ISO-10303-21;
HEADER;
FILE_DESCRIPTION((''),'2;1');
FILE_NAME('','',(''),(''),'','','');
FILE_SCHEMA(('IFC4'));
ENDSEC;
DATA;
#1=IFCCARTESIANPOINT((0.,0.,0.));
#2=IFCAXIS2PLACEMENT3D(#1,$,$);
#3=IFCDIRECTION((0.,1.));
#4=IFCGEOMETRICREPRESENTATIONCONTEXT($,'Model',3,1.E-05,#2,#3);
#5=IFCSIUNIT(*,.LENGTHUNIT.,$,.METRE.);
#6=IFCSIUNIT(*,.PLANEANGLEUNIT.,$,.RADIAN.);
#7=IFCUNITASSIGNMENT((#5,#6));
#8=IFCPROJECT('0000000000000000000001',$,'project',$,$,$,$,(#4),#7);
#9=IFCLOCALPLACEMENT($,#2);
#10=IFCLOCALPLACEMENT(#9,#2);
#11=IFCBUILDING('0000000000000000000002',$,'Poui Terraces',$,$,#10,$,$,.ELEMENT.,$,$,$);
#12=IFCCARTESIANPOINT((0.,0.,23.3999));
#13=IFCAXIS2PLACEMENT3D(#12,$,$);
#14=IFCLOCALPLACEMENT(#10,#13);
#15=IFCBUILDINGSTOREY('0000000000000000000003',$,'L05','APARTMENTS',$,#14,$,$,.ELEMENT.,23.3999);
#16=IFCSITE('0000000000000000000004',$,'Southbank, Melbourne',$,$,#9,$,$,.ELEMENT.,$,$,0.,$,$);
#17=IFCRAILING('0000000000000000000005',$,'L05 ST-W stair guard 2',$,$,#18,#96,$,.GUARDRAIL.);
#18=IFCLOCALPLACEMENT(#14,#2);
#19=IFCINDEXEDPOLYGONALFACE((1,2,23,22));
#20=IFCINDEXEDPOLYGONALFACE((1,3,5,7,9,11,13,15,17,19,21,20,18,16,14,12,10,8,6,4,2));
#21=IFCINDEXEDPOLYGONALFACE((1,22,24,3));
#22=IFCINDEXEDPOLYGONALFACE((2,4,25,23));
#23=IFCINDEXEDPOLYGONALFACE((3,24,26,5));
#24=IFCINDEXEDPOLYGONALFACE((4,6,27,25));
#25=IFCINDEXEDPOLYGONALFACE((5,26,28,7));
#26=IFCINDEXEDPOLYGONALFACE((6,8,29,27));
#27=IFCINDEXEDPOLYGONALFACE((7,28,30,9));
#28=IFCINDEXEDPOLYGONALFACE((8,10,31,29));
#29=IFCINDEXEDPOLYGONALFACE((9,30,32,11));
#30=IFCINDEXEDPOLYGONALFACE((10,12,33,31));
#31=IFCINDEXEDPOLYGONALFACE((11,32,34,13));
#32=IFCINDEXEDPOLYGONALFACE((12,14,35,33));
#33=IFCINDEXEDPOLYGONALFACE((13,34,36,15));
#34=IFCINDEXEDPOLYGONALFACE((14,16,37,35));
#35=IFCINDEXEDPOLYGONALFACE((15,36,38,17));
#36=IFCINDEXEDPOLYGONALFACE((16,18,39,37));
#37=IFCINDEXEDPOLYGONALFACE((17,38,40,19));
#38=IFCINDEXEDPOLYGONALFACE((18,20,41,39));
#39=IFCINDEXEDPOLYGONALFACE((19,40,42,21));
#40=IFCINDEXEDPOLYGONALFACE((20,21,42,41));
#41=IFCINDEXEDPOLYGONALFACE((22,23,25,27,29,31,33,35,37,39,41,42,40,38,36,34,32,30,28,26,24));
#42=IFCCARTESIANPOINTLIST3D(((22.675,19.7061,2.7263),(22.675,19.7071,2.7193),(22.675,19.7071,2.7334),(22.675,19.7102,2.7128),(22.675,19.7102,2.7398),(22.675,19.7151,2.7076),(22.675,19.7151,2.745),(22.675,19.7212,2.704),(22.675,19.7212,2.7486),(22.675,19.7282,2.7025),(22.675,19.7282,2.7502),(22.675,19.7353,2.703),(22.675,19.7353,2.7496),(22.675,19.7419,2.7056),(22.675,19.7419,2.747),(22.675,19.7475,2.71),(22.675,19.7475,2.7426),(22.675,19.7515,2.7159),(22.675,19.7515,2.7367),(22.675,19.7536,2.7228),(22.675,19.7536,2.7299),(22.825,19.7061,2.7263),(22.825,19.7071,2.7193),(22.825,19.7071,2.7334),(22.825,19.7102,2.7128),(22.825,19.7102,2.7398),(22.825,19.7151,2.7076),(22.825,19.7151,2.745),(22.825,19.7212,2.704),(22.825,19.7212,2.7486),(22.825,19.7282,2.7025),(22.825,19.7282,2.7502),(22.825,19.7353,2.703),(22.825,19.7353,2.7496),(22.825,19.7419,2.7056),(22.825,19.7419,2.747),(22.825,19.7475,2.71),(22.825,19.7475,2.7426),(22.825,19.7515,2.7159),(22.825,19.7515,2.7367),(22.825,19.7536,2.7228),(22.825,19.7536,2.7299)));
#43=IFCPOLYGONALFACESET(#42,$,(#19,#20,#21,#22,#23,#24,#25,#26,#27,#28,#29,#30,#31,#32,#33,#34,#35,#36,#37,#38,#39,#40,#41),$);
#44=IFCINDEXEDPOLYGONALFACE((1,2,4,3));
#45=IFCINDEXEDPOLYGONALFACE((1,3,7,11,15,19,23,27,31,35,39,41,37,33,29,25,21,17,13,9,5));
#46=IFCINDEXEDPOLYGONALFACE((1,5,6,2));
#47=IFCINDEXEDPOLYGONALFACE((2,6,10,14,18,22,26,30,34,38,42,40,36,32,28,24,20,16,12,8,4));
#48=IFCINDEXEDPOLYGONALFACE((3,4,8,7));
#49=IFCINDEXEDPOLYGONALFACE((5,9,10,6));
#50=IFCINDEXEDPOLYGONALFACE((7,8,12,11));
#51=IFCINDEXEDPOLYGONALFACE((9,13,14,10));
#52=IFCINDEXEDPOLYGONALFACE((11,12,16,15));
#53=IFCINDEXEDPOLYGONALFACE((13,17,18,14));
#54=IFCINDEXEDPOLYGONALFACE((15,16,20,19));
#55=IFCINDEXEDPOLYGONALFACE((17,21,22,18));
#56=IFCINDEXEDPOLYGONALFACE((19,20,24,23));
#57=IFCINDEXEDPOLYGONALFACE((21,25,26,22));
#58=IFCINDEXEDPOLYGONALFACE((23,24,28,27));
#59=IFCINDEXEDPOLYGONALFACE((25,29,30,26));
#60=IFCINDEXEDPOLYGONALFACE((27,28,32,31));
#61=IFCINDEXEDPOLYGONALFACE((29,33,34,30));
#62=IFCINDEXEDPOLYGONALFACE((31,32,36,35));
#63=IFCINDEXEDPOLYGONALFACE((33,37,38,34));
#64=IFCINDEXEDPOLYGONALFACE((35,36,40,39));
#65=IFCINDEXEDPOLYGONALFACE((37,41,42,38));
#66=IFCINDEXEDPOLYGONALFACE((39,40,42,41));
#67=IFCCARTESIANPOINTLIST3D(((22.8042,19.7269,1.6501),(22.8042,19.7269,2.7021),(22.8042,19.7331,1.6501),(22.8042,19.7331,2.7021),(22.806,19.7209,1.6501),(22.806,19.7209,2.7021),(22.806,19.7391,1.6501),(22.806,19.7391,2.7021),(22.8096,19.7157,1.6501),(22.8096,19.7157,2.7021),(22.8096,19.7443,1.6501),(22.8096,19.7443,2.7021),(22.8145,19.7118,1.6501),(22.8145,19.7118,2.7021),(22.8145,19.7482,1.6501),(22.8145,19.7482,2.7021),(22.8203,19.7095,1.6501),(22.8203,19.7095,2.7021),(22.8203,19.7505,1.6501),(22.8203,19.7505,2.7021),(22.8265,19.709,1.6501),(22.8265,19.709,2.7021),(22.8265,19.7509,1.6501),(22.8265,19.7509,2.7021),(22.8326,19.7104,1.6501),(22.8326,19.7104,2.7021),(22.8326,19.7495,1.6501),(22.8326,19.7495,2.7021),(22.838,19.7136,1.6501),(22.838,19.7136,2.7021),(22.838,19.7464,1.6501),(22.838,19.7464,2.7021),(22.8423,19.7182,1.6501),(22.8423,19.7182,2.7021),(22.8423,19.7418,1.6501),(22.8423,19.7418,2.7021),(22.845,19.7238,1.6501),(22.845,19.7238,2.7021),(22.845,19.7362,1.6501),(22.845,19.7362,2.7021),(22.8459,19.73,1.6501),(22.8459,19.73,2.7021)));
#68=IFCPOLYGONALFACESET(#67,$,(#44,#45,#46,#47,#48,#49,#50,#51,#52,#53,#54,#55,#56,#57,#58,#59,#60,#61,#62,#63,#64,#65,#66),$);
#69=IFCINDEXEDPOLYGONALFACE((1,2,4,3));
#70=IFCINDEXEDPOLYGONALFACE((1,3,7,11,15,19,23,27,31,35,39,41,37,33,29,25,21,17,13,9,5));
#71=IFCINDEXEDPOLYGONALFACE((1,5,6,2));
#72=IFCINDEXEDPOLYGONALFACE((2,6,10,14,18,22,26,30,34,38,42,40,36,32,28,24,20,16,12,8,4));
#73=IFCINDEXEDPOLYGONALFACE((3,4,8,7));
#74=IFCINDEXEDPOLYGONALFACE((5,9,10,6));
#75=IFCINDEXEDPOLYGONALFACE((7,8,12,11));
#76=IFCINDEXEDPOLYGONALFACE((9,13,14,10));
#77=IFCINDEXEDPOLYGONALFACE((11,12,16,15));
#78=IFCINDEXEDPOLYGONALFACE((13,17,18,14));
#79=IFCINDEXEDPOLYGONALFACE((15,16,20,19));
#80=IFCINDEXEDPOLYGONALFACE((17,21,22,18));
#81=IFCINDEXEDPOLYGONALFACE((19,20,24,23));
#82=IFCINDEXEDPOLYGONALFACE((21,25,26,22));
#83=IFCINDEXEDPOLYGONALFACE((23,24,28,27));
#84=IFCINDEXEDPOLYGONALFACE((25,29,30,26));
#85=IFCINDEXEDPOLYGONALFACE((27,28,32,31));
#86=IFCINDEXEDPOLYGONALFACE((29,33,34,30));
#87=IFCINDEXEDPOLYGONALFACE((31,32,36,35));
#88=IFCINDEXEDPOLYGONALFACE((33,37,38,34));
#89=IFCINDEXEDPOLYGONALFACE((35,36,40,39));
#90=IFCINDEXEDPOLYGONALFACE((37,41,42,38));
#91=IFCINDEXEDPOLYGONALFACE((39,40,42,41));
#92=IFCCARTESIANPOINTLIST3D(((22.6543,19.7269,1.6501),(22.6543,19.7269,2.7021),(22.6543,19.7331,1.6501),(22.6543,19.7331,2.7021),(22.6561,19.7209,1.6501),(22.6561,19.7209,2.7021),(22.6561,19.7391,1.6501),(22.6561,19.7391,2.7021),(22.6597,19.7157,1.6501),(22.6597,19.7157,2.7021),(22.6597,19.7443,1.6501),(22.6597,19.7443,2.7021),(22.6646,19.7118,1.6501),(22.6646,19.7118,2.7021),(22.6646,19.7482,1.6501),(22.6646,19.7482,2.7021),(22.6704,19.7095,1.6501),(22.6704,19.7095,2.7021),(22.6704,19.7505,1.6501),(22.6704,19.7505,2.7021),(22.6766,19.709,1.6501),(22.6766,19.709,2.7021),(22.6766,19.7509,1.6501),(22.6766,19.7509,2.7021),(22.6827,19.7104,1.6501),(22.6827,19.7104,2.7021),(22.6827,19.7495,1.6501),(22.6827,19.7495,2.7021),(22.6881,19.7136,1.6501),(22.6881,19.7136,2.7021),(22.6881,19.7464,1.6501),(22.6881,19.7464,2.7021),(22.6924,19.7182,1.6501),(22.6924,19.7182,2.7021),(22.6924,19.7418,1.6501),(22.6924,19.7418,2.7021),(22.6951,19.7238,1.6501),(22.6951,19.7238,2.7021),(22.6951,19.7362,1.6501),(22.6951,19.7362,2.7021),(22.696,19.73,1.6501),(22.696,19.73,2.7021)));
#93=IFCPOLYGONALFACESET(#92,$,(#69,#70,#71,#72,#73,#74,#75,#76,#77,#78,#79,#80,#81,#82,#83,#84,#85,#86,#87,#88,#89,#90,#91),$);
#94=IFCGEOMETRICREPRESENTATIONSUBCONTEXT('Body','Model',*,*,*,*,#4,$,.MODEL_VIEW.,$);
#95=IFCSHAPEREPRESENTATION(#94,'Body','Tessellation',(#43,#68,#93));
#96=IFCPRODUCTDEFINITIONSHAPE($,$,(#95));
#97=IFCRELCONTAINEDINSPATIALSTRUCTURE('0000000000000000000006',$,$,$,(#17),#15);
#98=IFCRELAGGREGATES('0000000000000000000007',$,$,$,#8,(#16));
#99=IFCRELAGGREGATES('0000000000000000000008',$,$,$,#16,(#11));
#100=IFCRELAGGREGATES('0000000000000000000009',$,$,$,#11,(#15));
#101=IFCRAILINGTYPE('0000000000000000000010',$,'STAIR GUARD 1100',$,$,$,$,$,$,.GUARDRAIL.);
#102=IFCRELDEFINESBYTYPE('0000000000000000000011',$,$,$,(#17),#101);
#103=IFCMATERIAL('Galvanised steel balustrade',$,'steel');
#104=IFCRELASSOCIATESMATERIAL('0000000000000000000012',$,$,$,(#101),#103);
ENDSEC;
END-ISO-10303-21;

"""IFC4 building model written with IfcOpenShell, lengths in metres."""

from ifc_helpers import new_model, si_unit, direction, frame, origin, origin_2d, place, context, subcontext, project, spatial, circle, extrude, material, type_object, element, save


model = new_model("IFC4")

# Units and contexts
model_context = context("Model", 3, precision=1e-05, world=origin(), true_north=direction((0.0, 1.0)))
body_context = subcontext(model_context, "Body", "Model", "MODEL_VIEW")
ifc_project = project(units=[si_unit("LENGTHUNIT", "METRE"), si_unit("PLANEANGLEUNIT", "RADIAN")], contexts=[model_context])

# Site, building, storey
site_placement = place(None, origin())
site = spatial("IfcSite", under=ifc_project, at=site_placement, Name="Southbank, Melbourne", CompositionType="ELEMENT", RefElevation=0.0)
building_placement = place(site_placement, origin())
building = spatial("IfcBuilding", under=site, at=building_placement, Name="Poui Terraces", CompositionType="ELEMENT")
storey_placement = place(building_placement, frame((0.0, 0.0, 23.3999)))
storey = spatial("IfcBuildingStorey", under=building, at=storey_placement, Name="L05", Description="APARTMENTS", CompositionType="ELEMENT", Elevation=23.3999)

# Railing
ifc_material_1 = material(Name="Galvanised steel balustrade", Category="steel")
railing_type_1 = type_object("IfcRailingType", Name="STAIR GUARD 1100", PredefinedType="GUARDRAIL", material=ifc_material_1)
railing_1_placement = place(storey_placement, frame((22.825, 19.73, 1.6501)))
element("IfcRailing", 1, at=railing_1_placement, inside=storey, type_object=railing_type_1, Name="L05 ST-W stair guard 2", PredefinedType="GUARDRAIL", context=body_context, shape_type="SweptSolid", body=[
    extrude(circle(Radius=0.0239, at=origin_2d()), frame((0.0, 0.0, 1.0762), z_axis=(-1.0, 0.0, 0.0), x_axis=(0.0, -1.0, 0.0)), (0.0, 0.0, 1.0), 0.1499),
    extrude(circle(Radius=0.021, at=origin_2d()), origin(), (0.0, 0.0, 1.0), 1.052),
    extrude(circle(Radius=0.021, at=origin_2d()), frame((-0.1499, 0.0, 0.0)), (0.0, 0.0, 1.0), 1.052),
])

save(model, "model.ifc")
